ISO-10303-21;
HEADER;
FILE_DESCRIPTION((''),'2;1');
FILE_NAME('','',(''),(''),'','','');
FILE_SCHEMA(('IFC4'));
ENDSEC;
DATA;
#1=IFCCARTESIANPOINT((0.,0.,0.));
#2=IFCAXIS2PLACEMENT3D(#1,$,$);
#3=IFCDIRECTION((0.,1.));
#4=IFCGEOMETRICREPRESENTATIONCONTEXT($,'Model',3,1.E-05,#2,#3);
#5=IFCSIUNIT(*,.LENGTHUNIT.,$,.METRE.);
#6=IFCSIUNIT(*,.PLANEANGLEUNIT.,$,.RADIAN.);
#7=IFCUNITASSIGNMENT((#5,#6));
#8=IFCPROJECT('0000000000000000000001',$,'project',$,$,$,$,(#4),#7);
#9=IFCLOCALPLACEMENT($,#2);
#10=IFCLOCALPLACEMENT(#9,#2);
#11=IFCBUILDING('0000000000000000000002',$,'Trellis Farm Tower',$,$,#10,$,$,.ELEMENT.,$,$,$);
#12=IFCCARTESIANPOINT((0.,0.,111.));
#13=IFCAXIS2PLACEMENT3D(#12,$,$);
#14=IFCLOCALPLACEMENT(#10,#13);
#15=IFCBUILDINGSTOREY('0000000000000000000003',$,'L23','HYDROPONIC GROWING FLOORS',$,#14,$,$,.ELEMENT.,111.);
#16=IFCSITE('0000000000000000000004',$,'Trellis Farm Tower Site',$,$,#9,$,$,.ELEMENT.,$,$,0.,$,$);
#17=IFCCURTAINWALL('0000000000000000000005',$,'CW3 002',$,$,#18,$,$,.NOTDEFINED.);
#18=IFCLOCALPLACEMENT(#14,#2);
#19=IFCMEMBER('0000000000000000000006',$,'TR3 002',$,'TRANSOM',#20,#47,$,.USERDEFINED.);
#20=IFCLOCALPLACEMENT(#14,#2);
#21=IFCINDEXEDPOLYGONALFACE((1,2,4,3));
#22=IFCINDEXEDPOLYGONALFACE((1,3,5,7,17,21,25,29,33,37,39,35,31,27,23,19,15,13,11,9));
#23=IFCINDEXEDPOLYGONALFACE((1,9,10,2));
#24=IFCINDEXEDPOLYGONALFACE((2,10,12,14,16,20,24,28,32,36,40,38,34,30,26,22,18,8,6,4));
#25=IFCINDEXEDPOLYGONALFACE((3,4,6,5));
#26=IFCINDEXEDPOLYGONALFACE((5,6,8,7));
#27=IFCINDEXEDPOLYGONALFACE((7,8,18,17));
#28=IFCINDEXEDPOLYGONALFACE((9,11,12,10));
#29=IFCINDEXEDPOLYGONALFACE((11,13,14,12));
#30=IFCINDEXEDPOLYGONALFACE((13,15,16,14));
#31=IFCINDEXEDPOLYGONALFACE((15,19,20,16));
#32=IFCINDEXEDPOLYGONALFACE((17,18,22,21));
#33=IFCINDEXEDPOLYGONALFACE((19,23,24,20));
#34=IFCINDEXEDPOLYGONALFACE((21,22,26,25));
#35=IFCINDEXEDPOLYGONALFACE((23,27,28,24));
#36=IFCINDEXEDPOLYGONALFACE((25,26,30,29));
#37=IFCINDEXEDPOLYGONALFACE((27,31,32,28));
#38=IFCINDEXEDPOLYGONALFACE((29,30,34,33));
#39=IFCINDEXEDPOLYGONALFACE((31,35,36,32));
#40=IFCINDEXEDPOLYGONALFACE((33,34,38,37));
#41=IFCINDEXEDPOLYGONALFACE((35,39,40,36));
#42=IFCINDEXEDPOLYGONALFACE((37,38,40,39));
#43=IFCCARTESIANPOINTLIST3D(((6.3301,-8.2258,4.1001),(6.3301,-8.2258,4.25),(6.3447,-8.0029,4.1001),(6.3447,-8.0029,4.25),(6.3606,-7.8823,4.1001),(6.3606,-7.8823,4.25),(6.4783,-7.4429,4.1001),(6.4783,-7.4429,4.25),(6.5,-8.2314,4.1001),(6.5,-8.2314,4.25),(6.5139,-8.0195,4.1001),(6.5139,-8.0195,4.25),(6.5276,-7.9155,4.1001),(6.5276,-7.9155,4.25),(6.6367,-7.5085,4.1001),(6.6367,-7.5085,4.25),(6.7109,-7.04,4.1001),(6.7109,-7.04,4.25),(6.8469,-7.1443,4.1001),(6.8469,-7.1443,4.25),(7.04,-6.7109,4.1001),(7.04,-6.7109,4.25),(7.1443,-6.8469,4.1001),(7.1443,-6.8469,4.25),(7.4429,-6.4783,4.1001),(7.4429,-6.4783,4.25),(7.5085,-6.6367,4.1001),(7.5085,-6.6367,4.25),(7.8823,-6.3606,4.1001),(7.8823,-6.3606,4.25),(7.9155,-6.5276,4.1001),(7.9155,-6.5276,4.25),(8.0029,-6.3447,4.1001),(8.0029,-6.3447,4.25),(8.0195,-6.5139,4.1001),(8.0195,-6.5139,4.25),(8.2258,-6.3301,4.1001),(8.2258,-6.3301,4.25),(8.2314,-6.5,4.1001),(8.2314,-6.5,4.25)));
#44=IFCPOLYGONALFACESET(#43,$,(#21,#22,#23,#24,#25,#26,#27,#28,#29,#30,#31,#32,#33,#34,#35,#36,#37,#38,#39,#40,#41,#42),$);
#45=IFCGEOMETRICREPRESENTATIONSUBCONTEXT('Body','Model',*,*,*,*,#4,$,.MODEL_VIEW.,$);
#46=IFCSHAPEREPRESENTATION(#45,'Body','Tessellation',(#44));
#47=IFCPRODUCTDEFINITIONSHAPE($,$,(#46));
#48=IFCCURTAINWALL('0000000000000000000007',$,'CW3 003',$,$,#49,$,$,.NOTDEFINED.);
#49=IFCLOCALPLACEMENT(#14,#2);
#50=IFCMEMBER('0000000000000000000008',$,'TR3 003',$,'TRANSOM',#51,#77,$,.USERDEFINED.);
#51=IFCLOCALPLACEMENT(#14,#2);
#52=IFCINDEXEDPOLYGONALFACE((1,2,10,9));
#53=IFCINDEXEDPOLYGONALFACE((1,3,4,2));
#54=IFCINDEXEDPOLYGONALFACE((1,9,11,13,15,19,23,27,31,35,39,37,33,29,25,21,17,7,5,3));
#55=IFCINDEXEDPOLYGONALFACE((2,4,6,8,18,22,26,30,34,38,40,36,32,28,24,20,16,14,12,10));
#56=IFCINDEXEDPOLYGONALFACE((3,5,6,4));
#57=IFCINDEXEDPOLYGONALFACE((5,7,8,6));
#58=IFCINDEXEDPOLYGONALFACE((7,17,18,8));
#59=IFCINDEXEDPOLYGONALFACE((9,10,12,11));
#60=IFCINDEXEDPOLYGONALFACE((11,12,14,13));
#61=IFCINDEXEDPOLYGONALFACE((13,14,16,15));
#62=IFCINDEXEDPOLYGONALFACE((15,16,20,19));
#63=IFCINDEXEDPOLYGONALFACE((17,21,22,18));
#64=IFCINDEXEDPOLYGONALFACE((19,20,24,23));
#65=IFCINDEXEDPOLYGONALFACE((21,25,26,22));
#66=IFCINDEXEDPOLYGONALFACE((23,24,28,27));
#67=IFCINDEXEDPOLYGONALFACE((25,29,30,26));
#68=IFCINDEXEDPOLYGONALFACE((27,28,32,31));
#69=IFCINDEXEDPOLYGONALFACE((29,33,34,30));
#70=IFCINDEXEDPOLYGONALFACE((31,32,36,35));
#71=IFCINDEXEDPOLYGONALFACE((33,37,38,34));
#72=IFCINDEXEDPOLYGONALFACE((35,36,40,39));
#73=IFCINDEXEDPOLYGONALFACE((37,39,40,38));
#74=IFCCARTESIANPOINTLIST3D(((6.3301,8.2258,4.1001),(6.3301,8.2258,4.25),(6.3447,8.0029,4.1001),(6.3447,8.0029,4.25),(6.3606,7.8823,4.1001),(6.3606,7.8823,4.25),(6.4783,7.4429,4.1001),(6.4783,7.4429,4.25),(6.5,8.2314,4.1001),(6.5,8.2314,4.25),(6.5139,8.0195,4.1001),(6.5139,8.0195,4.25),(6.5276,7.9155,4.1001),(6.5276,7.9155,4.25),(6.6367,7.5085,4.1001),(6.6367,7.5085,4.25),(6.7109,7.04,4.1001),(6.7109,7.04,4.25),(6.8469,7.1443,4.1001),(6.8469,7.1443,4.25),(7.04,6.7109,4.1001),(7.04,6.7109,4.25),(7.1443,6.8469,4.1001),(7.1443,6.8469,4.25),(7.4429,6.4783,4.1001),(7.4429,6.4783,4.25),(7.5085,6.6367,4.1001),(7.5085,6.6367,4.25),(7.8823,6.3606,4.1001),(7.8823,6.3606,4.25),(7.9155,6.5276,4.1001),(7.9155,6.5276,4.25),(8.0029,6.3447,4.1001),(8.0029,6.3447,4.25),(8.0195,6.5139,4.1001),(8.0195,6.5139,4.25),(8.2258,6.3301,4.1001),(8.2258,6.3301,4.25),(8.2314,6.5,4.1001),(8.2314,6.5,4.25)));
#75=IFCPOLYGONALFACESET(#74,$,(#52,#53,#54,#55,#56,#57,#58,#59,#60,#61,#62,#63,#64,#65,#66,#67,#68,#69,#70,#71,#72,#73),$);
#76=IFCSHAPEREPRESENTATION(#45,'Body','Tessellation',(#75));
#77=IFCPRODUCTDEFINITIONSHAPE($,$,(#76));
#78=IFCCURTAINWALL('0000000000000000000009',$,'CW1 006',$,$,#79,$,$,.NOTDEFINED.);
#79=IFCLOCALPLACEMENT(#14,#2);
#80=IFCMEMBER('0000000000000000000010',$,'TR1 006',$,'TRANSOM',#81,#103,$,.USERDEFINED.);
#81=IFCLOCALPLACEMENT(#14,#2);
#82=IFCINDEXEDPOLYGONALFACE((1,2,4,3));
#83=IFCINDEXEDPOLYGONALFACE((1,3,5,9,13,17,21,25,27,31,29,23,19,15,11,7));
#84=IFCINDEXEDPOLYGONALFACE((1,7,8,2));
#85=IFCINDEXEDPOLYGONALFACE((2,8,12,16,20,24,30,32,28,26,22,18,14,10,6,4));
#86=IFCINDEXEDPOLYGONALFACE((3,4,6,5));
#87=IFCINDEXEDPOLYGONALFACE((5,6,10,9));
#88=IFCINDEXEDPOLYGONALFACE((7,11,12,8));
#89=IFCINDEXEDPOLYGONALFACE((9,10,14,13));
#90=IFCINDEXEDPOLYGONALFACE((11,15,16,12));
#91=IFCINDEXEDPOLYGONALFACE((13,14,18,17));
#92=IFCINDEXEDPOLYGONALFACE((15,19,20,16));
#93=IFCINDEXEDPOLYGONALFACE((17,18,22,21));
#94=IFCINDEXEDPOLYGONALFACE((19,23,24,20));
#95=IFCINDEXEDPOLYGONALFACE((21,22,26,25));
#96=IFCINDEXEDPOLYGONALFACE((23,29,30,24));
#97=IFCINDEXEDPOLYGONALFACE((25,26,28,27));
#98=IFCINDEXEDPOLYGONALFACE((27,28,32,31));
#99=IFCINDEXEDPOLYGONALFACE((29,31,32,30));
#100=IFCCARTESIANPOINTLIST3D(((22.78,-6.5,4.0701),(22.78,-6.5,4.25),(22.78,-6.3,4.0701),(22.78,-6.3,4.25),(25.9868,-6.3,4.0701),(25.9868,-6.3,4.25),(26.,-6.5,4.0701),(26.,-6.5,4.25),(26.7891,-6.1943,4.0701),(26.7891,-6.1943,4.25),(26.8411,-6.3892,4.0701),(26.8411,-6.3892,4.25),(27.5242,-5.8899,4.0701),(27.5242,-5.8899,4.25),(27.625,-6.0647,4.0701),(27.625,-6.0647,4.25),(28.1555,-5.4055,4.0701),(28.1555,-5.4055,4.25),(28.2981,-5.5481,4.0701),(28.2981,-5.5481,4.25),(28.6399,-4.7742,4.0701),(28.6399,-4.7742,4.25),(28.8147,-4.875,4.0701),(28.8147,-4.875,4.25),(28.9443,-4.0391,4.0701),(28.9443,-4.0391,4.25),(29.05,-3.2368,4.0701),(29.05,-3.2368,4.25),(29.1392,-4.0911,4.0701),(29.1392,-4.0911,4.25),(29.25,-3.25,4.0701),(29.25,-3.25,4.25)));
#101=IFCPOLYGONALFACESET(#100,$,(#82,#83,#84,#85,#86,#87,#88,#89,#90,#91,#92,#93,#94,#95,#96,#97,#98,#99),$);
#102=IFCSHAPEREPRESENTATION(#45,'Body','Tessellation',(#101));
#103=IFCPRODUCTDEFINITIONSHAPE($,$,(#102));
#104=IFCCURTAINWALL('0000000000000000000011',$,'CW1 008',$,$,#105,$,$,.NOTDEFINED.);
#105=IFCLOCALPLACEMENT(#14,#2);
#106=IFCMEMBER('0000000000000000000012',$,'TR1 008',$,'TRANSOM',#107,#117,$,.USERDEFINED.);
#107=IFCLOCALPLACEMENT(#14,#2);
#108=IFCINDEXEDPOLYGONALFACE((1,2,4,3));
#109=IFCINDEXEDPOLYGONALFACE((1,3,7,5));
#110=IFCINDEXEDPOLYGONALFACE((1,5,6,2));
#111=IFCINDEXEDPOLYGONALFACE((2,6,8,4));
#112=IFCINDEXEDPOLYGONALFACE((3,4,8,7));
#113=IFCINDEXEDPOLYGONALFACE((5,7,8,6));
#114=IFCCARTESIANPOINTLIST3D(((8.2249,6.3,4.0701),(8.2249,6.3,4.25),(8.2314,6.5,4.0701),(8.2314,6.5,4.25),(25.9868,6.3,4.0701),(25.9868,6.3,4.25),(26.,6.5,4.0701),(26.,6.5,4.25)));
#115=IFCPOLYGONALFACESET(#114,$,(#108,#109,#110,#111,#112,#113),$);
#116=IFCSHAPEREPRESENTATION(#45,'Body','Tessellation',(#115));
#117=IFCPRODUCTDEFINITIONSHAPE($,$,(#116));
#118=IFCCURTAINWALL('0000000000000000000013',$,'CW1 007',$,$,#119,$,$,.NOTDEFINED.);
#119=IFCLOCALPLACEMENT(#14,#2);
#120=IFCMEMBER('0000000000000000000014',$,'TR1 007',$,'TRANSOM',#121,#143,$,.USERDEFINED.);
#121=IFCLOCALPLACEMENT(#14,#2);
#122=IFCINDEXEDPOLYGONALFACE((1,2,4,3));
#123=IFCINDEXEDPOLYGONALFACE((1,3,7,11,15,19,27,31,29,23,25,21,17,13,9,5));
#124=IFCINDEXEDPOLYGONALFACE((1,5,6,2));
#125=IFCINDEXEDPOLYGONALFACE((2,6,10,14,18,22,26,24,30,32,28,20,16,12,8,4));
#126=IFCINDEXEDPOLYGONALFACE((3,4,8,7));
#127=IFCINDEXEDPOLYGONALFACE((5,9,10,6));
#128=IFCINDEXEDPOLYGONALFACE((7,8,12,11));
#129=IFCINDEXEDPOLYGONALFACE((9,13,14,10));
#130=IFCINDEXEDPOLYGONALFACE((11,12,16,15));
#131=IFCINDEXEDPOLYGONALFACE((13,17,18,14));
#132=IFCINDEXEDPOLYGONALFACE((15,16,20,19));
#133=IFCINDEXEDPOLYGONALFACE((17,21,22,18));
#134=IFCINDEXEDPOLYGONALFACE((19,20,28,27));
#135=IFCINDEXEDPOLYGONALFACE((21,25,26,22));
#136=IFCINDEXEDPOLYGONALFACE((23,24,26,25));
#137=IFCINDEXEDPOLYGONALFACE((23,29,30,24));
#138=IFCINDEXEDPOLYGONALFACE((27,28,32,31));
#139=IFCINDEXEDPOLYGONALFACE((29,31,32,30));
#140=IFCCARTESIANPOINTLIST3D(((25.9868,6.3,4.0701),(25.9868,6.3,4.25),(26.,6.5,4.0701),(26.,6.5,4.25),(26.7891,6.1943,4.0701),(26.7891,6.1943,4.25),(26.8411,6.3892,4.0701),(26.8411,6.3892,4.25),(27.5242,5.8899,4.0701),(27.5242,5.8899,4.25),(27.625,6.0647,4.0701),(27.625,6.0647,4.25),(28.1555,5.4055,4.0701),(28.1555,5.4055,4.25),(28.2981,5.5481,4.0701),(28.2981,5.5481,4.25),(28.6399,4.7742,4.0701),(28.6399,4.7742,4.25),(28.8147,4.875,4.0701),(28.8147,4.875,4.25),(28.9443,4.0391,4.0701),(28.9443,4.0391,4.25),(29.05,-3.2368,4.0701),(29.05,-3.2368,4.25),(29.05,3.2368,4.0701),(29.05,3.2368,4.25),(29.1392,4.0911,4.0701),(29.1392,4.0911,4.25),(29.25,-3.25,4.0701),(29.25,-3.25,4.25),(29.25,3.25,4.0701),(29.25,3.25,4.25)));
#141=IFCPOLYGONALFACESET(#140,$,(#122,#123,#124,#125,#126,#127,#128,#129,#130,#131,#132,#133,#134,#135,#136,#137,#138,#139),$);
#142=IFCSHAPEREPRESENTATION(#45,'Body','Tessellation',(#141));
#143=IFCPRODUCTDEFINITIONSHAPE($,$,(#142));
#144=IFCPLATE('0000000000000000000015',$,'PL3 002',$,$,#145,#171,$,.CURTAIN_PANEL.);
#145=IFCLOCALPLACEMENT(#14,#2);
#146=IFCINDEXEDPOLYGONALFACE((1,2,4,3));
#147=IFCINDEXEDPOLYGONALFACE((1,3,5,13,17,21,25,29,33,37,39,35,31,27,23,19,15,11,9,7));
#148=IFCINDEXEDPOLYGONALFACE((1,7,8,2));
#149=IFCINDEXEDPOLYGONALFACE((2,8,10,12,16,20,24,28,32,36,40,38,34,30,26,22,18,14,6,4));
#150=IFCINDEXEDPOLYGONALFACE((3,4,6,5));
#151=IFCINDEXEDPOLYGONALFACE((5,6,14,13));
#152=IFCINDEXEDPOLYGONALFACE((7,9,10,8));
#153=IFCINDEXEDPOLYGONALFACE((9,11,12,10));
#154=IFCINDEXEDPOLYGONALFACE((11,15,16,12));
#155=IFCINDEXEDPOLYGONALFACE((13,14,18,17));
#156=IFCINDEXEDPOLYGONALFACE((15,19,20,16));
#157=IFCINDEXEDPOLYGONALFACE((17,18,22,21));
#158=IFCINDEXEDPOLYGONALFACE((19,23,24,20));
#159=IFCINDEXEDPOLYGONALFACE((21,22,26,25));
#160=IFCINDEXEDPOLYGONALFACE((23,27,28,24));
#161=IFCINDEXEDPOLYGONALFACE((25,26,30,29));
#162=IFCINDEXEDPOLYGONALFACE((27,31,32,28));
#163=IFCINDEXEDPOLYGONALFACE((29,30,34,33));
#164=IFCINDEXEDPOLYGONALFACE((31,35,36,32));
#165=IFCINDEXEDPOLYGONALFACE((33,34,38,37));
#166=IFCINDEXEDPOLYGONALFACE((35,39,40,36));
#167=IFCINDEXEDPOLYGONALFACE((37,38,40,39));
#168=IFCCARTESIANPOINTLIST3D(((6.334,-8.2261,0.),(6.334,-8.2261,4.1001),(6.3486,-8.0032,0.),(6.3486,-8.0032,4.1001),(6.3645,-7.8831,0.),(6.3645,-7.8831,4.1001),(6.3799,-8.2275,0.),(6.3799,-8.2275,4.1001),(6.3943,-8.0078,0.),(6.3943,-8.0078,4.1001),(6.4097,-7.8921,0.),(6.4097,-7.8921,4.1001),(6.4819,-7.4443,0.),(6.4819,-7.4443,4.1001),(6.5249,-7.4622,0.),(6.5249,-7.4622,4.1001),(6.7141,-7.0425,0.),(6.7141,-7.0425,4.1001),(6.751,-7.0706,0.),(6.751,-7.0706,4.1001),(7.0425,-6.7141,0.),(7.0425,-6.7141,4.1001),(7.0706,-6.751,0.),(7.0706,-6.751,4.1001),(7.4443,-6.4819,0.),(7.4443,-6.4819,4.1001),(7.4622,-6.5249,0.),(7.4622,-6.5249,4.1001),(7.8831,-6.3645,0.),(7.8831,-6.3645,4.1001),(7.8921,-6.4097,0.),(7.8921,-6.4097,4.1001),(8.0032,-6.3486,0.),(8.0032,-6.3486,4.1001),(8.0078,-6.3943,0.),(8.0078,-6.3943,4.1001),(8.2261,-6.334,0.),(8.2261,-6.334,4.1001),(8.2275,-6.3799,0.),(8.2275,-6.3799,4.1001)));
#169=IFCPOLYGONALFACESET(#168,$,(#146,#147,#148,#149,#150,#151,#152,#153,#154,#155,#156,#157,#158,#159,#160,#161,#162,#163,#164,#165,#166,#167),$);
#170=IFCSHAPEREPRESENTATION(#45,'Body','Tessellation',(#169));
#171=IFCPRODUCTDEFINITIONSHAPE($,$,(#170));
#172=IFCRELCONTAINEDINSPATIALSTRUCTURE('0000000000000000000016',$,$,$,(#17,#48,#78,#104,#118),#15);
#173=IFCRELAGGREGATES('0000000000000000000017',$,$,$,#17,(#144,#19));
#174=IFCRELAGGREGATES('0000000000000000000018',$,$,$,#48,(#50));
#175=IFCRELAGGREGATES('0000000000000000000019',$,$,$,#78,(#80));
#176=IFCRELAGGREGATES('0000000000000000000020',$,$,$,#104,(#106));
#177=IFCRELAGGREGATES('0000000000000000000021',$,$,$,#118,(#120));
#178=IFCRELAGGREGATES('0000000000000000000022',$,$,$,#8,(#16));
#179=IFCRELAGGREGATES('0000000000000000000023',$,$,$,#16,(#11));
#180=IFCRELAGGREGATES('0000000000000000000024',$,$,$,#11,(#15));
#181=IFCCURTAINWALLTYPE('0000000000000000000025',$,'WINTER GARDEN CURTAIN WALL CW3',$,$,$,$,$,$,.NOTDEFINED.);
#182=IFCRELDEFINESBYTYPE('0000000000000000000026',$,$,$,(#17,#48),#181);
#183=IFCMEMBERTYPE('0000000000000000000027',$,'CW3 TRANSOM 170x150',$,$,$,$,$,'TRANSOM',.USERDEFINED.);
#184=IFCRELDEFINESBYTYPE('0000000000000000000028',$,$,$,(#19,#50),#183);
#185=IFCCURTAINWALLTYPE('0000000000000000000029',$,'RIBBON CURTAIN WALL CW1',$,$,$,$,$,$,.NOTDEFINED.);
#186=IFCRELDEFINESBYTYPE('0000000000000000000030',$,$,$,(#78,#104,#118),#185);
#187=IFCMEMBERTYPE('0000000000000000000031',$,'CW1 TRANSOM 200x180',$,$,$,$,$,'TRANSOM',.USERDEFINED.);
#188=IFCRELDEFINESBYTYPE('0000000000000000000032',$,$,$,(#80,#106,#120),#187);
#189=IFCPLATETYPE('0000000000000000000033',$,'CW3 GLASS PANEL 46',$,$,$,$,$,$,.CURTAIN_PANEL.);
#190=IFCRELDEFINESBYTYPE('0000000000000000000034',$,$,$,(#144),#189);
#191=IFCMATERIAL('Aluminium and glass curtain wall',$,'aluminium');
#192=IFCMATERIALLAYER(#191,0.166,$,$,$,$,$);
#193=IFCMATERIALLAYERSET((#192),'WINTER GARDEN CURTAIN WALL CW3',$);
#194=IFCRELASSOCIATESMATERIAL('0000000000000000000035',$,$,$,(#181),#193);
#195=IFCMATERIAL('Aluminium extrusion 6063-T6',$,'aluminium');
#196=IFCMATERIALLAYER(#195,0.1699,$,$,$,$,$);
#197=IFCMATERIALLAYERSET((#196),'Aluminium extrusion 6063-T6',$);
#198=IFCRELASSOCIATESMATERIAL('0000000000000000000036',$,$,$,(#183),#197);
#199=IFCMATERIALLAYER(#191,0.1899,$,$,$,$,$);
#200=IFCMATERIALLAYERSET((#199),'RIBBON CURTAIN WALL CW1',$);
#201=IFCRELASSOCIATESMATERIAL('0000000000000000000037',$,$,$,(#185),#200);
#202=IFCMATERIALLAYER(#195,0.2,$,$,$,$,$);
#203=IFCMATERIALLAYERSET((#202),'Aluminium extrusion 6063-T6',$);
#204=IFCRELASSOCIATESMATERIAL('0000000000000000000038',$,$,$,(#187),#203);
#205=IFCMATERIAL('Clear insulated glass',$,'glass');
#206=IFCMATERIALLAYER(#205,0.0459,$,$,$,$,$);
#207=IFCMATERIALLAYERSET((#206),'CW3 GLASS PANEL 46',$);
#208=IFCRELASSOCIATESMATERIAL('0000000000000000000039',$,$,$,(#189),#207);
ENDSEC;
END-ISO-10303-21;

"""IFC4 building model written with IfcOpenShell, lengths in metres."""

from ifc_helpers import new_model, si_unit, direction, frame, origin, place, context, subcontext, project, spatial, polyline, outline, extrude, source, transform, mapped, material, layer, layer_set, type_object, element, aggregate, save


model = new_model("IFC4")

# Units and contexts
model_context = context("Model", 3, precision=1e-05, world=origin(), true_north=direction((0.0, 1.0)))
body_context = subcontext(model_context, "Body", "Model", "MODEL_VIEW")
ifc_project = project(units=[si_unit("LENGTHUNIT", "METRE"), si_unit("PLANEANGLEUNIT", "RADIAN")], contexts=[model_context])

# Site, building, storey
site_placement = place(None, origin())
site = spatial("IfcSite", under=ifc_project, at=site_placement, Name="Trellis Farm Tower Site", CompositionType="ELEMENT", RefElevation=0.0)
building_placement = place(site_placement, origin())
building = spatial("IfcBuilding", under=site, at=building_placement, Name="Trellis Farm Tower", CompositionType="ELEMENT")
storey_placement = place(building_placement, frame((0.0, 0.0, 111.0)))
storey = spatial("IfcBuildingStorey", under=building, at=storey_placement, Name="L23", Description="HYDROPONIC GROWING FLOORS", CompositionType="ELEMENT", Elevation=111.0)

# Curtain walls, members
ifc_material_1 = material(Name="Aluminium and glass curtain wall", Category="aluminium")
ifc_layer_1 = layer(ifc_material_1, 0.166)
ifc_layer_set_1 = layer_set([ifc_layer_1], Name="WINTER GARDEN CURTAIN WALL CW3")
curtain_wall_type_1 = type_object("IfcCurtainWallType", Name="WINTER GARDEN CURTAIN WALL CW3", PredefinedType="NOTDEFINED", material=ifc_layer_set_1)
placement_1 = place(storey_placement, origin())
curtain_wall_1 = element("IfcCurtainWall", 1, at=placement_1, inside=storey, type_object=curtain_wall_type_1, Name="CW3 002", PredefinedType="NOTDEFINED")
ifc_material_2 = material(Name="Aluminium extrusion 6063-T6", Category="aluminium")
ifc_layer_2 = layer(ifc_material_2, 0.1699)
ifc_layer_set_2 = layer_set([ifc_layer_2], Name="Aluminium extrusion 6063-T6")
member_type_1 = type_object("IfcMemberType", Name="CW3 TRANSOM 170x150", ElementType="TRANSOM", PredefinedType="USERDEFINED", material=ifc_layer_set_2)
shared_shape_1 = source(origin(), body_context, "Body", "SweptSolid", [
    extrude(outline(polyline([(6.5, -8.2314), (6.5139, -8.0195), (6.5276, -7.9155), (6.6367, -7.5085), (6.8469, -7.1443), (7.1443, -6.8469), (7.5085, -6.6367), (7.9155, -6.5276), (8.0195, -6.5139), (8.2314, -6.5), (8.2258, -6.3301), (8.0029, -6.3447), (7.8823, -6.3606), (7.4429, -6.4783), (7.04, -6.7109), (6.7109, -7.04), (6.4783, -7.4429), (6.3606, -7.8823), (6.3447, -8.0029), (6.3301, -8.2258), (6.5, -8.2314)])), origin(), (0.0, 0.0, 1.0), 0.1499),
])
placement_2 = place(storey_placement, frame((0.0, 0.0, 4.1001)))
member_1 = element("IfcMember", 2, at=placement_2, type_object=member_type_1, Name="TR3 002", ObjectType="TRANSOM", PredefinedType="USERDEFINED", context=body_context, shape_type="MappedRepresentation", body=[
    mapped(shared_shape_1, transform((0.0, 0.0, 0.0))),
])
curtain_wall_2 = element("IfcCurtainWall", 3, at=placement_1, inside=storey, type_object=curtain_wall_type_1, Name="CW3 003", PredefinedType="NOTDEFINED")
shared_shape_2 = source(origin(), body_context, "Body", "SweptSolid", [
    extrude(outline(polyline([(8.2314, 6.5), (8.0195, 6.5139), (7.9155, 6.5276), (7.5085, 6.6367), (7.1443, 6.8469), (6.8469, 7.1443), (6.6367, 7.5085), (6.5276, 7.9155), (6.5139, 8.0195), (6.5, 8.2314), (6.3301, 8.2258), (6.3447, 8.0029), (6.3606, 7.8823), (6.4783, 7.4429), (6.7109, 7.04), (7.04, 6.7109), (7.4429, 6.4783), (7.8823, 6.3606), (8.0029, 6.3447), (8.2258, 6.3301), (8.2314, 6.5)])), origin(), (0.0, 0.0, 1.0), 0.1499),
])
member_2 = element("IfcMember", 4, at=placement_2, type_object=member_type_1, Name="TR3 003", ObjectType="TRANSOM", PredefinedType="USERDEFINED", context=body_context, shape_type="MappedRepresentation", body=[
    mapped(shared_shape_2, transform((0.0, 0.0, 0.0))),
])
ifc_layer_3 = layer(ifc_material_1, 0.1899)
ifc_layer_set_3 = layer_set([ifc_layer_3], Name="RIBBON CURTAIN WALL CW1")
curtain_wall_type_2 = type_object("IfcCurtainWallType", Name="RIBBON CURTAIN WALL CW1", PredefinedType="NOTDEFINED", material=ifc_layer_set_3)
curtain_wall_3 = element("IfcCurtainWall", 5, at=placement_1, inside=storey, type_object=curtain_wall_type_2, Name="CW1 006", PredefinedType="NOTDEFINED")
ifc_layer_4 = layer(ifc_material_2, 0.2)
ifc_layer_set_4 = layer_set([ifc_layer_4], Name="Aluminium extrusion 6063-T6")
member_type_2 = type_object("IfcMemberType", Name="CW1 TRANSOM 200x180", ElementType="TRANSOM", PredefinedType="USERDEFINED", material=ifc_layer_set_4)
shared_shape_3 = source(origin(), body_context, "Body", "SweptSolid", [
    extrude(outline(polyline([(22.78, -6.5), (26.0, -6.5), (26.8411, -6.3892), (27.625, -6.0647), (28.2981, -5.5481), (28.8147, -4.875), (29.1392, -4.0911), (29.25, -3.25), (29.05, -3.2368), (28.9443, -4.0391), (28.6399, -4.7742), (28.1555, -5.4055), (27.5242, -5.8899), (26.7891, -6.1943), (25.9868, -6.3), (22.78, -6.3), (22.78, -6.5)])), origin(), (0.0, 0.0, 1.0), 0.1799),
])
placement_3 = place(storey_placement, frame((0.0, 0.0, 4.0701)))
member_3 = element("IfcMember", 6, at=placement_3, type_object=member_type_2, Name="TR1 006", ObjectType="TRANSOM", PredefinedType="USERDEFINED", context=body_context, shape_type="MappedRepresentation", body=[
    mapped(shared_shape_3, transform((0.0, 0.0, 0.0))),
])
curtain_wall_4 = element("IfcCurtainWall", 7, at=placement_1, inside=storey, type_object=curtain_wall_type_2, Name="CW1 008", PredefinedType="NOTDEFINED")
shared_shape_4 = source(origin(), body_context, "Body", "SweptSolid", [
    extrude(outline(polyline([(26.0, 6.5), (8.2314, 6.5), (8.2249, 6.3), (25.9868, 6.3), (26.0, 6.5)])), origin(), (0.0, 0.0, 1.0), 0.1799),
])
member_4 = element("IfcMember", 8, at=placement_3, type_object=member_type_2, Name="TR1 008", ObjectType="TRANSOM", PredefinedType="USERDEFINED", context=body_context, shape_type="MappedRepresentation", body=[
    mapped(shared_shape_4, transform((0.0, 0.0, 0.0))),
])
curtain_wall_5 = element("IfcCurtainWall", 9, at=placement_1, inside=storey, type_object=curtain_wall_type_2, Name="CW1 007", PredefinedType="NOTDEFINED")
shared_shape_5 = source(origin(), body_context, "Body", "SweptSolid", [
    extrude(outline(polyline([(29.25, -3.25), (29.25, 3.25), (29.1392, 4.0911), (28.8147, 4.875), (28.2981, 5.5481), (27.625, 6.0647), (26.8411, 6.3892), (26.0, 6.5), (25.9868, 6.3), (26.7891, 6.1943), (27.5242, 5.8899), (28.1555, 5.4055), (28.6399, 4.7742), (28.9443, 4.0391), (29.05, 3.2368), (29.05, -3.2368), (29.25, -3.25)])), origin(), (0.0, 0.0, 1.0), 0.1799),
])
member_5 = element("IfcMember", 10, at=placement_3, type_object=member_type_2, Name="TR1 007", ObjectType="TRANSOM", PredefinedType="USERDEFINED", context=body_context, shape_type="MappedRepresentation", body=[
    mapped(shared_shape_5, transform((0.0, 0.0, 0.0))),
])

# Plate
ifc_material_3 = material(Name="Clear insulated glass", Category="glass")
ifc_layer_5 = layer(ifc_material_3, 0.0459)
ifc_layer_set_5 = layer_set([ifc_layer_5], Name="CW3 GLASS PANEL 46")
plate_type_1 = type_object("IfcPlateType", Name="CW3 GLASS PANEL 46", PredefinedType="CURTAIN_PANEL", material=ifc_layer_set_5)
shared_shape_6 = source(origin(), body_context, "Body", "SweptSolid", [
    extrude(outline(polyline([(6.3799, -8.2275), (6.3943, -8.0078), (6.4097, -7.8921), (6.5249, -7.4622), (6.751, -7.0706), (7.0706, -6.751), (7.4622, -6.5249), (7.8921, -6.4097), (8.0078, -6.3943), (8.2275, -6.3799), (8.2261, -6.334), (8.0032, -6.3486), (7.8831, -6.3645), (7.4443, -6.4819), (7.0425, -6.7141), (6.7141, -7.0425), (6.4819, -7.4443), (6.3645, -7.8831), (6.3486, -8.0032), (6.334, -8.2261), (6.3799, -8.2275)])), origin(), (0.0, 0.0, 1.0), 4.1001),
])
plate_1 = element("IfcPlate", 11, at=placement_1, type_object=plate_type_1, Name="PL3 002", PredefinedType="CURTAIN_PANEL", context=body_context, shape_type="MappedRepresentation", body=[
    mapped(shared_shape_6, transform((0.0, 0.0, 0.0))),
])
aggregate(curtain_wall_1, [plate_1, member_1])
aggregate(curtain_wall_2, [member_2])

aggregate(curtain_wall_3, [member_3])
aggregate(curtain_wall_4, [member_4])
aggregate(curtain_wall_5, [member_5])

save(model, "model.ifc")
